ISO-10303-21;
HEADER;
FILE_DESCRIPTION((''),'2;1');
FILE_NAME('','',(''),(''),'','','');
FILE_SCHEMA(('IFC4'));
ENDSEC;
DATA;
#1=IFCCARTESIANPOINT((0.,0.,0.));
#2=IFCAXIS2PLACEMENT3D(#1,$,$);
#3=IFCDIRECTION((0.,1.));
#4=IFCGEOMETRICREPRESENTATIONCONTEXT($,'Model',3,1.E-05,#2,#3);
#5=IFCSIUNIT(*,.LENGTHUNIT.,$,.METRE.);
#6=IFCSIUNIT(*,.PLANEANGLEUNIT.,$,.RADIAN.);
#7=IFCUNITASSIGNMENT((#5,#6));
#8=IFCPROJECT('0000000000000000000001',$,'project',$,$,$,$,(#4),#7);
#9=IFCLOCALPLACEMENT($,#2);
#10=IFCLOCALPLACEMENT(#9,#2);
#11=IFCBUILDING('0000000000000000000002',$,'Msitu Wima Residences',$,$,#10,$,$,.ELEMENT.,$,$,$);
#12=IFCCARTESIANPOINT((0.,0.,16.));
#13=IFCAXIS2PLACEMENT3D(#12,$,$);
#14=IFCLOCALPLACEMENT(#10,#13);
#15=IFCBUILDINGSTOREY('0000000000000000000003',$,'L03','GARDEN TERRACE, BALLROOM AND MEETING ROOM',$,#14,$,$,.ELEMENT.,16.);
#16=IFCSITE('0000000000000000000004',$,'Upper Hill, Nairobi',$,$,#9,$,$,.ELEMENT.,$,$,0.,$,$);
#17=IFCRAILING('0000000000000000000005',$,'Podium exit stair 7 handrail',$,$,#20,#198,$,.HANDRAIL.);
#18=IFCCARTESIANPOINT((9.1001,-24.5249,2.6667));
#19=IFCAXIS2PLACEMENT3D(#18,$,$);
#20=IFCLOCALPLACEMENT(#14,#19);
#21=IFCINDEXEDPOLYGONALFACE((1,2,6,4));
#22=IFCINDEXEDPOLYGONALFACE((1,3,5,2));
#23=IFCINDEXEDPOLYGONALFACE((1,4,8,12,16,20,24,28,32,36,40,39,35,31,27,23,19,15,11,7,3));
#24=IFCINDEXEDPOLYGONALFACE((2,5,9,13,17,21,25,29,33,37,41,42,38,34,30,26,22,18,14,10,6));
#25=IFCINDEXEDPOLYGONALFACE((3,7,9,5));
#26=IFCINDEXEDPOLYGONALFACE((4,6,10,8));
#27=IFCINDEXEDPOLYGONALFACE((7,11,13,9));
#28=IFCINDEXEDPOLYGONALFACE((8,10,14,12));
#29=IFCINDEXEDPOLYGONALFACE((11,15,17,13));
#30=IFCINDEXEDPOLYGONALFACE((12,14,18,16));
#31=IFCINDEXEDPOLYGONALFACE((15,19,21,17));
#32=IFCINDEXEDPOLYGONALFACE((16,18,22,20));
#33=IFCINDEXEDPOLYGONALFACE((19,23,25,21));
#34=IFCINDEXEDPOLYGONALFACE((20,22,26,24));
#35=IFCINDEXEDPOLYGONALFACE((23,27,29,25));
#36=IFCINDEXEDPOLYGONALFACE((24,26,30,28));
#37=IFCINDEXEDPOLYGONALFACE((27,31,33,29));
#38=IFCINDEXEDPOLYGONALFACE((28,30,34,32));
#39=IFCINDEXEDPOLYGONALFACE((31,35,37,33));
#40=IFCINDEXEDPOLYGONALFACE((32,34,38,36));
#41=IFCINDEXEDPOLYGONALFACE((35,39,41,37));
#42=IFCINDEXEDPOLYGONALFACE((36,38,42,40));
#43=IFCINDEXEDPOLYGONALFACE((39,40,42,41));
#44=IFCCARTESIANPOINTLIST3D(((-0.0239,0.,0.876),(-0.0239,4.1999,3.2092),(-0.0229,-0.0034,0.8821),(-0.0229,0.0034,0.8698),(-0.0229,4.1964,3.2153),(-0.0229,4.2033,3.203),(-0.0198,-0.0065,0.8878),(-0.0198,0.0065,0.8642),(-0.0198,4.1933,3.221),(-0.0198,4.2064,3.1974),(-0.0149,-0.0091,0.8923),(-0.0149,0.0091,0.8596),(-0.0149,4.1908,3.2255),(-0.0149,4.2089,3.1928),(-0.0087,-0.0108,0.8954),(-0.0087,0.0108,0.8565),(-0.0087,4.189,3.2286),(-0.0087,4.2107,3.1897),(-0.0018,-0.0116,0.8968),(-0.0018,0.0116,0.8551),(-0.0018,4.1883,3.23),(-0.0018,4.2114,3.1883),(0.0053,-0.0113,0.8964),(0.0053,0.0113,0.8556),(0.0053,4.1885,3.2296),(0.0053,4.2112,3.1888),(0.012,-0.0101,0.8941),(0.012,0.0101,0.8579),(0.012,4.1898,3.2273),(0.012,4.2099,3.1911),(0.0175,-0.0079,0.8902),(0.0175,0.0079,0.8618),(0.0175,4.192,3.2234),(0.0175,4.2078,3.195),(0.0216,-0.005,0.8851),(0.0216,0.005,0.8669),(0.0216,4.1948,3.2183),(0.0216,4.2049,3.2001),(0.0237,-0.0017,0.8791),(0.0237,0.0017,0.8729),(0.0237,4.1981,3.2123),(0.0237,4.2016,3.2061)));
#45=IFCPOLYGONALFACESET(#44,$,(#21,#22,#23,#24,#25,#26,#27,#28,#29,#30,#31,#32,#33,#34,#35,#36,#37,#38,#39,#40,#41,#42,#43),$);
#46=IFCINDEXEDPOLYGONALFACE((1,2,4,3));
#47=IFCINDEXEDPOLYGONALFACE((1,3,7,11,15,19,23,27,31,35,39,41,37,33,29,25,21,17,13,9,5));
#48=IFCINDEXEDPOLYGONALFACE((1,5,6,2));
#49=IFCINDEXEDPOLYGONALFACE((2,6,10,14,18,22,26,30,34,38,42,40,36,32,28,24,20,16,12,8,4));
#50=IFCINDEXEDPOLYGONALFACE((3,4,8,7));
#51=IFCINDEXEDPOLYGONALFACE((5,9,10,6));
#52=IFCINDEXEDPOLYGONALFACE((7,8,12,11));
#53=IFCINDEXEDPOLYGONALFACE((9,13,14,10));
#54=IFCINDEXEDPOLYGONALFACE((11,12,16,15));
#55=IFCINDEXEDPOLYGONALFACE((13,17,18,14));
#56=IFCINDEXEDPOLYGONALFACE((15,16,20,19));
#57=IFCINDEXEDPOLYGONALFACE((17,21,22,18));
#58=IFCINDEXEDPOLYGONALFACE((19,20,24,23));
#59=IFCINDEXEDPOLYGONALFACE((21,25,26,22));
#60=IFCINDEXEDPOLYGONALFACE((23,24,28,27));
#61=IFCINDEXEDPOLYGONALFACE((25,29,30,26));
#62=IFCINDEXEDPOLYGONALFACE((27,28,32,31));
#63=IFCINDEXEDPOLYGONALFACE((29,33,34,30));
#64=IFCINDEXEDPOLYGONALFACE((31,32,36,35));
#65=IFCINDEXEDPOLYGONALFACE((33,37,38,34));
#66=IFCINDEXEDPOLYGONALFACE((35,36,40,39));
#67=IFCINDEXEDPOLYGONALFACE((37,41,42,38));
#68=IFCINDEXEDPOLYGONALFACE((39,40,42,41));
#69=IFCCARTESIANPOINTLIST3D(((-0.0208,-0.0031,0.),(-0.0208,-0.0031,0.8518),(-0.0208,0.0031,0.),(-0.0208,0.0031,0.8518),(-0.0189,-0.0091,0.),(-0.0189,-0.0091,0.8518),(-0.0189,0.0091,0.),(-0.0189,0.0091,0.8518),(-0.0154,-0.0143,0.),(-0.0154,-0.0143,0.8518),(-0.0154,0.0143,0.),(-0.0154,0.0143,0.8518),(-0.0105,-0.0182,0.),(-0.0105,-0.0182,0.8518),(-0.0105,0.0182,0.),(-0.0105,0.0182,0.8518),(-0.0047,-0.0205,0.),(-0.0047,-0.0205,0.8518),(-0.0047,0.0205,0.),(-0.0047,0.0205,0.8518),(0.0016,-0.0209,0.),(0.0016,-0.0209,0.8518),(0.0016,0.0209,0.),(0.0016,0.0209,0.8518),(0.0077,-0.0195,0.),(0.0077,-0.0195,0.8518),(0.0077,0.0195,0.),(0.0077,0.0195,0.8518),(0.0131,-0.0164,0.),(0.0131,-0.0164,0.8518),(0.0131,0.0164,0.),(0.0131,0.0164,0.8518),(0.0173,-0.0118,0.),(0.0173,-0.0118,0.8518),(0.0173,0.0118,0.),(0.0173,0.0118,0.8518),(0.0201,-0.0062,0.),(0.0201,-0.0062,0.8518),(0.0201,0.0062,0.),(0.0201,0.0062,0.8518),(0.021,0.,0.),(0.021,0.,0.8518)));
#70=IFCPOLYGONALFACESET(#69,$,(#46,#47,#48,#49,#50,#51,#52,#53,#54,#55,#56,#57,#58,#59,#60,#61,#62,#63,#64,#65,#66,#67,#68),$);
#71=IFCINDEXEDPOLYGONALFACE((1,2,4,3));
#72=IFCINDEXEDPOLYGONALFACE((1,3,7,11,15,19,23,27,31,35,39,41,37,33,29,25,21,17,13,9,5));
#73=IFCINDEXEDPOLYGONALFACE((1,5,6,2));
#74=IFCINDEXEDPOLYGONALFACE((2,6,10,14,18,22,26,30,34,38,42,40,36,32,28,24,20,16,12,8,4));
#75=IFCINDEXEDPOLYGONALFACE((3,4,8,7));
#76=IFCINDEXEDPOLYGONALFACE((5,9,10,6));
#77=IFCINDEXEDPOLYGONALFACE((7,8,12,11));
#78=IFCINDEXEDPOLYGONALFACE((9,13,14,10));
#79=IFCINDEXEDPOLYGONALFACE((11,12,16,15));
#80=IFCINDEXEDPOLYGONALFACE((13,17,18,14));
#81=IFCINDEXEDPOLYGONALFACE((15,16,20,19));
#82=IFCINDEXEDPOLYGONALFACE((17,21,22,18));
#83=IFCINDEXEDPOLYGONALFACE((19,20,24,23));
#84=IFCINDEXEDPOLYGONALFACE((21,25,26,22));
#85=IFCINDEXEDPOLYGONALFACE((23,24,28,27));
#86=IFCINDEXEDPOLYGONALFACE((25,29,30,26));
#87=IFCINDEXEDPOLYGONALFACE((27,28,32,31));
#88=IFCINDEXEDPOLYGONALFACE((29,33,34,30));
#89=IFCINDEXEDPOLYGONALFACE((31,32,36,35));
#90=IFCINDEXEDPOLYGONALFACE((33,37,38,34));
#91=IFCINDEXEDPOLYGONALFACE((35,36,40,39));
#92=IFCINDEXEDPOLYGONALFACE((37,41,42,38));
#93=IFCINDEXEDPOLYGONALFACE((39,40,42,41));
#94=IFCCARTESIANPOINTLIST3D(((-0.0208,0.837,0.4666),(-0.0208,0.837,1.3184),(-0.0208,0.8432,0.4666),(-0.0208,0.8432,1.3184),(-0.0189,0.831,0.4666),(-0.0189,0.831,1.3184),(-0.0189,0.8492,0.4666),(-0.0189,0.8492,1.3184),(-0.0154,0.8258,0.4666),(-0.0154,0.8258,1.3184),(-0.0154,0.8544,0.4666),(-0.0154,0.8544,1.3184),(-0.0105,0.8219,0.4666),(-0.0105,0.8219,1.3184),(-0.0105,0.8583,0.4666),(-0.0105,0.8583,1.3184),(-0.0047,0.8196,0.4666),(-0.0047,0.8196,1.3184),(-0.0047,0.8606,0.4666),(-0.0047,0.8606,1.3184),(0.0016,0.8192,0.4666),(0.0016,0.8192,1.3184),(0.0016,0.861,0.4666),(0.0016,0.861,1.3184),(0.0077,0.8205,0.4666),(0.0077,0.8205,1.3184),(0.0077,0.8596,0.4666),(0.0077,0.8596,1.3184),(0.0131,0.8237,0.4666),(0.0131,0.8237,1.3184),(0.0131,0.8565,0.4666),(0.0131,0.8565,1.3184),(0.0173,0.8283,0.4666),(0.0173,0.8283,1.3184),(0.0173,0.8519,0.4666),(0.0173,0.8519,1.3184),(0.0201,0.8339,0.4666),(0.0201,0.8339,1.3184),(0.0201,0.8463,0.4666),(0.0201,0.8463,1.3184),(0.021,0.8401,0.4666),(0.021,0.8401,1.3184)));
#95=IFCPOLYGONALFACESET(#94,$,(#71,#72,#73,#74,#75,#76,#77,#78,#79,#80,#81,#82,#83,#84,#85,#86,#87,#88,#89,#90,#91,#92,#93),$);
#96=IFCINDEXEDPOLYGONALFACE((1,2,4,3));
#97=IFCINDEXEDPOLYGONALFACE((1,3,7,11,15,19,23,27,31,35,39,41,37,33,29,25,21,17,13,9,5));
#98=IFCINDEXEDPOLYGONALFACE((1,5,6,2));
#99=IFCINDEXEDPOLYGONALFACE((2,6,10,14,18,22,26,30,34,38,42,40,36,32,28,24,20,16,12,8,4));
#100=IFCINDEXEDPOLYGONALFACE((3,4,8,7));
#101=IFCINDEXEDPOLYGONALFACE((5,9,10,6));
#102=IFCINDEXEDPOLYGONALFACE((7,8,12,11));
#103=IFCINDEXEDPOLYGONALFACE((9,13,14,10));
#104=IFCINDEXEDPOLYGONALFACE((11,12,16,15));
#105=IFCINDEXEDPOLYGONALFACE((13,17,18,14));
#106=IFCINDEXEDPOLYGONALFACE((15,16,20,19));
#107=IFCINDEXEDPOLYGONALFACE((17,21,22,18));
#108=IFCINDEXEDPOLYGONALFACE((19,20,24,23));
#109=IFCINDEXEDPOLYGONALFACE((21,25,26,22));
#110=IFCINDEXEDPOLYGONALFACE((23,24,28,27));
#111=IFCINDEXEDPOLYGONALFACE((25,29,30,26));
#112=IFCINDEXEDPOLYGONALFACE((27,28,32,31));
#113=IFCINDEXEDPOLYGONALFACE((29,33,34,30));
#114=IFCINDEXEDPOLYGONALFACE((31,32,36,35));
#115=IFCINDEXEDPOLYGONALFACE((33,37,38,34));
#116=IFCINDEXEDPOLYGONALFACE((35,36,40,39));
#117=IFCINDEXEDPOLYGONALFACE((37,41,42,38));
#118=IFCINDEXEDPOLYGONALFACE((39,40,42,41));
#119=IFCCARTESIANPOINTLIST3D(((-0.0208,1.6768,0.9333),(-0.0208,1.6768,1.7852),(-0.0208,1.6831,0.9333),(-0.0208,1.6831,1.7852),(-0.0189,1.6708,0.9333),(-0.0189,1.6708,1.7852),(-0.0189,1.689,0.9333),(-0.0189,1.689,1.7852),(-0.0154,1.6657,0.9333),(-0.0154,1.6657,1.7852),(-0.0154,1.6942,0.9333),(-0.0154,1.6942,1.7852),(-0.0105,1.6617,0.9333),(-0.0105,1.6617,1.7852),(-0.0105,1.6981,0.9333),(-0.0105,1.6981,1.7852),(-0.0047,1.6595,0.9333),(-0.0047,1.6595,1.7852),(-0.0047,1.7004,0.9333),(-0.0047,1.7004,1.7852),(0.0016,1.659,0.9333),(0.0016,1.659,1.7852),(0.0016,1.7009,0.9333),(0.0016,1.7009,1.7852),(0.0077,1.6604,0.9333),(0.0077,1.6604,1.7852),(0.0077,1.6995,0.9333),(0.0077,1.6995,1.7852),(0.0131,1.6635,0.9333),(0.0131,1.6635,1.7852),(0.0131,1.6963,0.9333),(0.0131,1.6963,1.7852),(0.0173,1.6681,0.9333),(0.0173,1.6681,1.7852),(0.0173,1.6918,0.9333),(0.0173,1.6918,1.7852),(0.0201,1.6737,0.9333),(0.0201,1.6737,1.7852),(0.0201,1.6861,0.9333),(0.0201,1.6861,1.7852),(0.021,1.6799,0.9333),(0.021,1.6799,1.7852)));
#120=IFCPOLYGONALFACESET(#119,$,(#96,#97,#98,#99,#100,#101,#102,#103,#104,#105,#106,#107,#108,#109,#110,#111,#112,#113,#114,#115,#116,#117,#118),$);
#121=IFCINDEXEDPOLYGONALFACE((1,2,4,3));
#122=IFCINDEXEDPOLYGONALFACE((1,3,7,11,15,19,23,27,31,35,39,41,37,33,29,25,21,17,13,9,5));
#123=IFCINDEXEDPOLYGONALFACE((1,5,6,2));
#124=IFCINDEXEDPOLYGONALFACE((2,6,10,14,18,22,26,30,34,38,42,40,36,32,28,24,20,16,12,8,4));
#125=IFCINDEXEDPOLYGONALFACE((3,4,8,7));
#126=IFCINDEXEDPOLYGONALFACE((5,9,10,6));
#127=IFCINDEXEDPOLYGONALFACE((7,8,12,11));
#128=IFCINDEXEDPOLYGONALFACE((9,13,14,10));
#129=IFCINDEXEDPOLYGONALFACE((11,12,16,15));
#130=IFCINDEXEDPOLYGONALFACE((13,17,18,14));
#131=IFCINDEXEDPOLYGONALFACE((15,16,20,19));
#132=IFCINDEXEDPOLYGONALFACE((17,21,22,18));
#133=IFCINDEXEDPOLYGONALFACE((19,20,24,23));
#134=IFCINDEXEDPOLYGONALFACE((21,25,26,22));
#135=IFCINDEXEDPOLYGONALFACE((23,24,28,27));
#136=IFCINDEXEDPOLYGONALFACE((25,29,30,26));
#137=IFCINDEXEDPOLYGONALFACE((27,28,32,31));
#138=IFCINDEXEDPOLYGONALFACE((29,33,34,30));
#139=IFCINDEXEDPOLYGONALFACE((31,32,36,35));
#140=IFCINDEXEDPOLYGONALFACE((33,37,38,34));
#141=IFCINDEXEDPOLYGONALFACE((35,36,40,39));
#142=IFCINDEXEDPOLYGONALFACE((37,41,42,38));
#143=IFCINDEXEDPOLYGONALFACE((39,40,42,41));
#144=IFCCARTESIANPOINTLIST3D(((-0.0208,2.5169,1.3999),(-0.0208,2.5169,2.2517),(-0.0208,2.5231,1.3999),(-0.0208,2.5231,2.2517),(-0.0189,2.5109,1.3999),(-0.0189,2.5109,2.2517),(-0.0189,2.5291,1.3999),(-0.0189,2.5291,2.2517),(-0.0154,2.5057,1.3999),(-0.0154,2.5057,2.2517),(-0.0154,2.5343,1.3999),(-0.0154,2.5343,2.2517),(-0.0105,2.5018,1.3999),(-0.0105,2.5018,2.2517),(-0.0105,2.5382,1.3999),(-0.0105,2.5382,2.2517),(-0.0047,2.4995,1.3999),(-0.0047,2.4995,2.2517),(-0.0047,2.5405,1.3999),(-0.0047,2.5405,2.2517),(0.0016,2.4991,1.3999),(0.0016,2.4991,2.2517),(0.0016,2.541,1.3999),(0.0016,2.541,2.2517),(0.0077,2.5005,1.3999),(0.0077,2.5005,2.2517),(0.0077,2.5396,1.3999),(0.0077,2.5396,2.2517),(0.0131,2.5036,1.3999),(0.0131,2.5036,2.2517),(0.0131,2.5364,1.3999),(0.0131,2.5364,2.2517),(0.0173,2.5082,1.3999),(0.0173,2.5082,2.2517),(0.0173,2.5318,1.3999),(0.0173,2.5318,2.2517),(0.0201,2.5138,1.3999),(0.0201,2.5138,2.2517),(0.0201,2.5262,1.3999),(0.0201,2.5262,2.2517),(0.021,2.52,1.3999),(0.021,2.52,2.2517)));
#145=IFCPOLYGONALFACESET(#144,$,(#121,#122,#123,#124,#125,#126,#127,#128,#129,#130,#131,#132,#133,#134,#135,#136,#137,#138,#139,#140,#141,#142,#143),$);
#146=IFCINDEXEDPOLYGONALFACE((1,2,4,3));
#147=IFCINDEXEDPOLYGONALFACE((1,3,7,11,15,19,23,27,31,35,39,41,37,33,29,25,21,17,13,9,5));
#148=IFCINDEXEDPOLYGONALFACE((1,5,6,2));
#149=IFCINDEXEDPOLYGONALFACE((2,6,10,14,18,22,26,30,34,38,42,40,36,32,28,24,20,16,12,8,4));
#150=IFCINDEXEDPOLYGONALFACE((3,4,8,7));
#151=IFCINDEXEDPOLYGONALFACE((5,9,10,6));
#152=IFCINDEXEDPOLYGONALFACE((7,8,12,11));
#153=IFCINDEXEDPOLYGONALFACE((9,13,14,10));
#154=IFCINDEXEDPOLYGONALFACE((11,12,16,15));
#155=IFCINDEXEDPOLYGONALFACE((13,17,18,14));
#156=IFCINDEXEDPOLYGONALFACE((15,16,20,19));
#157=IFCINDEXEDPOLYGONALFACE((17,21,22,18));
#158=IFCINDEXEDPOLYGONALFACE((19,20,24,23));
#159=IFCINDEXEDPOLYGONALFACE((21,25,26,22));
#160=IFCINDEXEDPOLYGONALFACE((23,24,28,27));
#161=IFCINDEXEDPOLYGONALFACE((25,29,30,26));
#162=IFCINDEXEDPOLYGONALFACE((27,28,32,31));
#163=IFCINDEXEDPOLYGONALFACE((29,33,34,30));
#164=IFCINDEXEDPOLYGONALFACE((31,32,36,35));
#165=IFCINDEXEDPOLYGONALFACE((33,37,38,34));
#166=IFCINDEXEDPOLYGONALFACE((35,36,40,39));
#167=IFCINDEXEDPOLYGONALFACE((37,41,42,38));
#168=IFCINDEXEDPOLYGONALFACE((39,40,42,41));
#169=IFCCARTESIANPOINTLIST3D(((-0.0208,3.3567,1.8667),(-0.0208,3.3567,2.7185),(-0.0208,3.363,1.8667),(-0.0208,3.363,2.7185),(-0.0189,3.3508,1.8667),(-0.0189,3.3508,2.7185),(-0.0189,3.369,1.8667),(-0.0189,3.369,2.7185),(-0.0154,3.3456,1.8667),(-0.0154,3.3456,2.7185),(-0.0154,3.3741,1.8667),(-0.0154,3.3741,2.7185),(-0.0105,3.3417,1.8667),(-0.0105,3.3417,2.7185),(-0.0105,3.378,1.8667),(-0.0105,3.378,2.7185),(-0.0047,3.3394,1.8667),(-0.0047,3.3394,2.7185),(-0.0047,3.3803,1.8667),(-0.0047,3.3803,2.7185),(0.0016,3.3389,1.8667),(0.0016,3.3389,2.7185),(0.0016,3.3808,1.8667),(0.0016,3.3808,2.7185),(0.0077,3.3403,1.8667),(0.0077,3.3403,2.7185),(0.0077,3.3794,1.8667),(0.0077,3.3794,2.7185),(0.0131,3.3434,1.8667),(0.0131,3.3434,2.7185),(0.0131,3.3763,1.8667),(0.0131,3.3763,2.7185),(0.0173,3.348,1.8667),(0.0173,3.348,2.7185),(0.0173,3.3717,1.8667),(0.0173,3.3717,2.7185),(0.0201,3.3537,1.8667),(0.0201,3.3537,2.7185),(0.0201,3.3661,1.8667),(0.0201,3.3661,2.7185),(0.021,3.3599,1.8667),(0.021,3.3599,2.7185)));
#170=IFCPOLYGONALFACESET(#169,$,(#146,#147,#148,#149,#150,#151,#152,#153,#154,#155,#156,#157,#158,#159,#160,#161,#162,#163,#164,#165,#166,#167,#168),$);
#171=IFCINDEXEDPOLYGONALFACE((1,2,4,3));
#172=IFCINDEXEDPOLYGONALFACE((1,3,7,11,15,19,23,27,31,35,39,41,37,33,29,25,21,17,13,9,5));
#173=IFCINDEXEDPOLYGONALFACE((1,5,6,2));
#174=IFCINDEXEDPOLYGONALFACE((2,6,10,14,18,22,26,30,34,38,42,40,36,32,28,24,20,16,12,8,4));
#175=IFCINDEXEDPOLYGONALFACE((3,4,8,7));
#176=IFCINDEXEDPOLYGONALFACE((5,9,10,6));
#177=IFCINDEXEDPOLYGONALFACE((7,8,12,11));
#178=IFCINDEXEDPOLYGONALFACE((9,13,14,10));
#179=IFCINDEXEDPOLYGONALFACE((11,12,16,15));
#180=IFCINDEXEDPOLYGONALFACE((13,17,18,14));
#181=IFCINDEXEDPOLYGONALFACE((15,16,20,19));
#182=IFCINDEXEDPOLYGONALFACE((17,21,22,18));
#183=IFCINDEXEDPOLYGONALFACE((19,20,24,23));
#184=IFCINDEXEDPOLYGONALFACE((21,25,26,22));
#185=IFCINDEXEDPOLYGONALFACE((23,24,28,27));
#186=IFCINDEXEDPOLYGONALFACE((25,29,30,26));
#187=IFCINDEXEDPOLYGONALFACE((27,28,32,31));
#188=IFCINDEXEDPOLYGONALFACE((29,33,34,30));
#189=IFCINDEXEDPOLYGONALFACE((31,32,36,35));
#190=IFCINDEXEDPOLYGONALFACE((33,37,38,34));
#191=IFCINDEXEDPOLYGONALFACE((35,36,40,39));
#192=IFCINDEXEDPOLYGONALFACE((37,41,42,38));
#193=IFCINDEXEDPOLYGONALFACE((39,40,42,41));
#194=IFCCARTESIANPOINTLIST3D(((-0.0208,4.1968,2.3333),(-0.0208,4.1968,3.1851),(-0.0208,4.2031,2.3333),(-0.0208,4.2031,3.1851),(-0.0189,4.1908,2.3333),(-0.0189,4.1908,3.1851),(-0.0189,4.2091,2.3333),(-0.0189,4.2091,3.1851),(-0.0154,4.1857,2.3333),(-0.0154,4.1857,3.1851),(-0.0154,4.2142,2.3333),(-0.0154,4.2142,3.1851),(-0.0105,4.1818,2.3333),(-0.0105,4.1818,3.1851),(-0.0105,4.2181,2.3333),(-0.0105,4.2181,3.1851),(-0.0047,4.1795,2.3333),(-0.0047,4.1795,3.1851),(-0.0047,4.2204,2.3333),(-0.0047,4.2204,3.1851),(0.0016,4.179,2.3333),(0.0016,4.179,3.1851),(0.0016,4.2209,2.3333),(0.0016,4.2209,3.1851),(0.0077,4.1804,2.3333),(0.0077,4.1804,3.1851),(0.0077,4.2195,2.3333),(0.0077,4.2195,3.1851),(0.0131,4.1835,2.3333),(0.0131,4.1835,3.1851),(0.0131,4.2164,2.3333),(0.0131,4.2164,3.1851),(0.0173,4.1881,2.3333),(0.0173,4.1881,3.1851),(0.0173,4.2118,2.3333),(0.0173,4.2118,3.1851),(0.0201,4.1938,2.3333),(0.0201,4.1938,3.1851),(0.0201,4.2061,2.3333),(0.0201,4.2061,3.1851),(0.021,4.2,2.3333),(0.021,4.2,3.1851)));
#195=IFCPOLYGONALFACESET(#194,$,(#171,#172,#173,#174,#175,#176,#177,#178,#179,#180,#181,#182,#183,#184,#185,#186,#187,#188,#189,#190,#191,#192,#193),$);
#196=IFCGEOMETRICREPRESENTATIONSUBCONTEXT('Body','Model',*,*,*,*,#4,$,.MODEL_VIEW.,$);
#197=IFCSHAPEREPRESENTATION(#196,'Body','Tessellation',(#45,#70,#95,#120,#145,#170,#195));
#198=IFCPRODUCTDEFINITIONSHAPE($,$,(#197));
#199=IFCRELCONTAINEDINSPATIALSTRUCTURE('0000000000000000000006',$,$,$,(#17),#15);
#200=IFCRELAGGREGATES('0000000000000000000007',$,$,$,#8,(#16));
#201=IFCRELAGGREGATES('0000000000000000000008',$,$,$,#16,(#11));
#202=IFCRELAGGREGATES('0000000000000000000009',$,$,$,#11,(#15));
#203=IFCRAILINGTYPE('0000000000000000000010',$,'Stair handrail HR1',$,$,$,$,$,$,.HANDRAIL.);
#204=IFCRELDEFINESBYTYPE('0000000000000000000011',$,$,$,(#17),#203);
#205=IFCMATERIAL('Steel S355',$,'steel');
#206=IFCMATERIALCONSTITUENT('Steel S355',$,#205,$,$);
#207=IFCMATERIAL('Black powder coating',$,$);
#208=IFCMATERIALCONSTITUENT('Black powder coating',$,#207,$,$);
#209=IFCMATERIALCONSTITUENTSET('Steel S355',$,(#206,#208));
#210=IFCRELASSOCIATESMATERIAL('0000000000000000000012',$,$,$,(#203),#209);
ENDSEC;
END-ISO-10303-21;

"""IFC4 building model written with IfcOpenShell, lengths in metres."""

from ifc_helpers import new_model, si_unit, direction, frame, origin, origin_2d, place, context, subcontext, project, spatial, circle, extrude, material, constituent, constituent_set, type_object, element, save


model = new_model("IFC4")

# Units and contexts
model_context = context("Model", 3, precision=1e-05, world=origin(), true_north=direction((0.0, 1.0)))
body_context = subcontext(model_context, "Body", "Model", "MODEL_VIEW")
ifc_project = project(units=[si_unit("LENGTHUNIT", "METRE"), si_unit("PLANEANGLEUNIT", "RADIAN")], contexts=[model_context])

# Site, building, storey
site_placement = place(None, origin())
site = spatial("IfcSite", under=ifc_project, at=site_placement, Name="Upper Hill, Nairobi", CompositionType="ELEMENT", RefElevation=0.0)
building_placement = place(site_placement, origin())
building = spatial("IfcBuilding", under=site, at=building_placement, Name="Msitu Wima Residences", CompositionType="ELEMENT")
storey_placement = place(building_placement, frame((0.0, 0.0, 16.0)))
storey = spatial("IfcBuildingStorey", under=building, at=storey_placement, Name="L03", Description="GARDEN TERRACE, BALLROOM AND MEETING ROOM", CompositionType="ELEMENT", Elevation=16.0)

# Railing
ifc_material_1 = material(Name="Steel S355", Category="steel")
ifc_constituent_1 = constituent(ifc_material_1, Name="Steel S355")
ifc_material_2 = material(Name="Black powder coating")
ifc_constituent_2 = constituent(ifc_material_2, Name="Black powder coating")
ifc_constituent_set = constituent_set(constituents=[ifc_constituent_1, ifc_constituent_2], Name="Steel S355")
railing_type = type_object("IfcRailingType", Name="Stair handrail HR1", PredefinedType="HANDRAIL", material=ifc_constituent_set)
for number, where, name in (
    (1, (9.1001, -24.5249, 2.6667), "Podium exit stair 7 handrail"),
):
    element("IfcRailing", number, at=place(storey_placement, frame(where)), inside=storey, type_object=railing_type, Name=name, PredefinedType="HANDRAIL", context=body_context, shape_type="SweptSolid", body=[
        extrude(circle(Radius=0.0239, at=origin_2d()), frame((0.0, 0.0, 0.876), z_axis=(0.0, 0.874162, 0.485634), x_axis=(-1.0, 0.0, 0.0)), (0.0, 0.0, 1.0), 4.8044),
        extrude(circle(Radius=0.021, at=origin_2d()), origin(), (0.0, 0.0, 1.0), 0.8518),
        extrude(circle(Radius=0.021, at=origin_2d()), frame((0.0, 0.8401, 0.4666)), (0.0, 0.0, 1.0), 0.8518),
        extrude(circle(Radius=0.021, at=origin_2d()), frame((0.0, 1.6799, 0.9333)), (0.0, 0.0, 1.0), 0.8518),
        extrude(circle(Radius=0.021, at=origin_2d()), frame((0.0, 2.52, 1.3999)), (0.0, 0.0, 1.0), 0.8518),
        extrude(circle(Radius=0.021, at=origin_2d()), frame((0.0, 3.3599, 1.8667)), (0.0, 0.0, 1.0), 0.8518),
        extrude(circle(Radius=0.021, at=origin_2d()), frame((0.0, 4.2, 2.3333)), (0.0, 0.0, 1.0), 0.8518),
    ])

save(model, "model.ifc")
